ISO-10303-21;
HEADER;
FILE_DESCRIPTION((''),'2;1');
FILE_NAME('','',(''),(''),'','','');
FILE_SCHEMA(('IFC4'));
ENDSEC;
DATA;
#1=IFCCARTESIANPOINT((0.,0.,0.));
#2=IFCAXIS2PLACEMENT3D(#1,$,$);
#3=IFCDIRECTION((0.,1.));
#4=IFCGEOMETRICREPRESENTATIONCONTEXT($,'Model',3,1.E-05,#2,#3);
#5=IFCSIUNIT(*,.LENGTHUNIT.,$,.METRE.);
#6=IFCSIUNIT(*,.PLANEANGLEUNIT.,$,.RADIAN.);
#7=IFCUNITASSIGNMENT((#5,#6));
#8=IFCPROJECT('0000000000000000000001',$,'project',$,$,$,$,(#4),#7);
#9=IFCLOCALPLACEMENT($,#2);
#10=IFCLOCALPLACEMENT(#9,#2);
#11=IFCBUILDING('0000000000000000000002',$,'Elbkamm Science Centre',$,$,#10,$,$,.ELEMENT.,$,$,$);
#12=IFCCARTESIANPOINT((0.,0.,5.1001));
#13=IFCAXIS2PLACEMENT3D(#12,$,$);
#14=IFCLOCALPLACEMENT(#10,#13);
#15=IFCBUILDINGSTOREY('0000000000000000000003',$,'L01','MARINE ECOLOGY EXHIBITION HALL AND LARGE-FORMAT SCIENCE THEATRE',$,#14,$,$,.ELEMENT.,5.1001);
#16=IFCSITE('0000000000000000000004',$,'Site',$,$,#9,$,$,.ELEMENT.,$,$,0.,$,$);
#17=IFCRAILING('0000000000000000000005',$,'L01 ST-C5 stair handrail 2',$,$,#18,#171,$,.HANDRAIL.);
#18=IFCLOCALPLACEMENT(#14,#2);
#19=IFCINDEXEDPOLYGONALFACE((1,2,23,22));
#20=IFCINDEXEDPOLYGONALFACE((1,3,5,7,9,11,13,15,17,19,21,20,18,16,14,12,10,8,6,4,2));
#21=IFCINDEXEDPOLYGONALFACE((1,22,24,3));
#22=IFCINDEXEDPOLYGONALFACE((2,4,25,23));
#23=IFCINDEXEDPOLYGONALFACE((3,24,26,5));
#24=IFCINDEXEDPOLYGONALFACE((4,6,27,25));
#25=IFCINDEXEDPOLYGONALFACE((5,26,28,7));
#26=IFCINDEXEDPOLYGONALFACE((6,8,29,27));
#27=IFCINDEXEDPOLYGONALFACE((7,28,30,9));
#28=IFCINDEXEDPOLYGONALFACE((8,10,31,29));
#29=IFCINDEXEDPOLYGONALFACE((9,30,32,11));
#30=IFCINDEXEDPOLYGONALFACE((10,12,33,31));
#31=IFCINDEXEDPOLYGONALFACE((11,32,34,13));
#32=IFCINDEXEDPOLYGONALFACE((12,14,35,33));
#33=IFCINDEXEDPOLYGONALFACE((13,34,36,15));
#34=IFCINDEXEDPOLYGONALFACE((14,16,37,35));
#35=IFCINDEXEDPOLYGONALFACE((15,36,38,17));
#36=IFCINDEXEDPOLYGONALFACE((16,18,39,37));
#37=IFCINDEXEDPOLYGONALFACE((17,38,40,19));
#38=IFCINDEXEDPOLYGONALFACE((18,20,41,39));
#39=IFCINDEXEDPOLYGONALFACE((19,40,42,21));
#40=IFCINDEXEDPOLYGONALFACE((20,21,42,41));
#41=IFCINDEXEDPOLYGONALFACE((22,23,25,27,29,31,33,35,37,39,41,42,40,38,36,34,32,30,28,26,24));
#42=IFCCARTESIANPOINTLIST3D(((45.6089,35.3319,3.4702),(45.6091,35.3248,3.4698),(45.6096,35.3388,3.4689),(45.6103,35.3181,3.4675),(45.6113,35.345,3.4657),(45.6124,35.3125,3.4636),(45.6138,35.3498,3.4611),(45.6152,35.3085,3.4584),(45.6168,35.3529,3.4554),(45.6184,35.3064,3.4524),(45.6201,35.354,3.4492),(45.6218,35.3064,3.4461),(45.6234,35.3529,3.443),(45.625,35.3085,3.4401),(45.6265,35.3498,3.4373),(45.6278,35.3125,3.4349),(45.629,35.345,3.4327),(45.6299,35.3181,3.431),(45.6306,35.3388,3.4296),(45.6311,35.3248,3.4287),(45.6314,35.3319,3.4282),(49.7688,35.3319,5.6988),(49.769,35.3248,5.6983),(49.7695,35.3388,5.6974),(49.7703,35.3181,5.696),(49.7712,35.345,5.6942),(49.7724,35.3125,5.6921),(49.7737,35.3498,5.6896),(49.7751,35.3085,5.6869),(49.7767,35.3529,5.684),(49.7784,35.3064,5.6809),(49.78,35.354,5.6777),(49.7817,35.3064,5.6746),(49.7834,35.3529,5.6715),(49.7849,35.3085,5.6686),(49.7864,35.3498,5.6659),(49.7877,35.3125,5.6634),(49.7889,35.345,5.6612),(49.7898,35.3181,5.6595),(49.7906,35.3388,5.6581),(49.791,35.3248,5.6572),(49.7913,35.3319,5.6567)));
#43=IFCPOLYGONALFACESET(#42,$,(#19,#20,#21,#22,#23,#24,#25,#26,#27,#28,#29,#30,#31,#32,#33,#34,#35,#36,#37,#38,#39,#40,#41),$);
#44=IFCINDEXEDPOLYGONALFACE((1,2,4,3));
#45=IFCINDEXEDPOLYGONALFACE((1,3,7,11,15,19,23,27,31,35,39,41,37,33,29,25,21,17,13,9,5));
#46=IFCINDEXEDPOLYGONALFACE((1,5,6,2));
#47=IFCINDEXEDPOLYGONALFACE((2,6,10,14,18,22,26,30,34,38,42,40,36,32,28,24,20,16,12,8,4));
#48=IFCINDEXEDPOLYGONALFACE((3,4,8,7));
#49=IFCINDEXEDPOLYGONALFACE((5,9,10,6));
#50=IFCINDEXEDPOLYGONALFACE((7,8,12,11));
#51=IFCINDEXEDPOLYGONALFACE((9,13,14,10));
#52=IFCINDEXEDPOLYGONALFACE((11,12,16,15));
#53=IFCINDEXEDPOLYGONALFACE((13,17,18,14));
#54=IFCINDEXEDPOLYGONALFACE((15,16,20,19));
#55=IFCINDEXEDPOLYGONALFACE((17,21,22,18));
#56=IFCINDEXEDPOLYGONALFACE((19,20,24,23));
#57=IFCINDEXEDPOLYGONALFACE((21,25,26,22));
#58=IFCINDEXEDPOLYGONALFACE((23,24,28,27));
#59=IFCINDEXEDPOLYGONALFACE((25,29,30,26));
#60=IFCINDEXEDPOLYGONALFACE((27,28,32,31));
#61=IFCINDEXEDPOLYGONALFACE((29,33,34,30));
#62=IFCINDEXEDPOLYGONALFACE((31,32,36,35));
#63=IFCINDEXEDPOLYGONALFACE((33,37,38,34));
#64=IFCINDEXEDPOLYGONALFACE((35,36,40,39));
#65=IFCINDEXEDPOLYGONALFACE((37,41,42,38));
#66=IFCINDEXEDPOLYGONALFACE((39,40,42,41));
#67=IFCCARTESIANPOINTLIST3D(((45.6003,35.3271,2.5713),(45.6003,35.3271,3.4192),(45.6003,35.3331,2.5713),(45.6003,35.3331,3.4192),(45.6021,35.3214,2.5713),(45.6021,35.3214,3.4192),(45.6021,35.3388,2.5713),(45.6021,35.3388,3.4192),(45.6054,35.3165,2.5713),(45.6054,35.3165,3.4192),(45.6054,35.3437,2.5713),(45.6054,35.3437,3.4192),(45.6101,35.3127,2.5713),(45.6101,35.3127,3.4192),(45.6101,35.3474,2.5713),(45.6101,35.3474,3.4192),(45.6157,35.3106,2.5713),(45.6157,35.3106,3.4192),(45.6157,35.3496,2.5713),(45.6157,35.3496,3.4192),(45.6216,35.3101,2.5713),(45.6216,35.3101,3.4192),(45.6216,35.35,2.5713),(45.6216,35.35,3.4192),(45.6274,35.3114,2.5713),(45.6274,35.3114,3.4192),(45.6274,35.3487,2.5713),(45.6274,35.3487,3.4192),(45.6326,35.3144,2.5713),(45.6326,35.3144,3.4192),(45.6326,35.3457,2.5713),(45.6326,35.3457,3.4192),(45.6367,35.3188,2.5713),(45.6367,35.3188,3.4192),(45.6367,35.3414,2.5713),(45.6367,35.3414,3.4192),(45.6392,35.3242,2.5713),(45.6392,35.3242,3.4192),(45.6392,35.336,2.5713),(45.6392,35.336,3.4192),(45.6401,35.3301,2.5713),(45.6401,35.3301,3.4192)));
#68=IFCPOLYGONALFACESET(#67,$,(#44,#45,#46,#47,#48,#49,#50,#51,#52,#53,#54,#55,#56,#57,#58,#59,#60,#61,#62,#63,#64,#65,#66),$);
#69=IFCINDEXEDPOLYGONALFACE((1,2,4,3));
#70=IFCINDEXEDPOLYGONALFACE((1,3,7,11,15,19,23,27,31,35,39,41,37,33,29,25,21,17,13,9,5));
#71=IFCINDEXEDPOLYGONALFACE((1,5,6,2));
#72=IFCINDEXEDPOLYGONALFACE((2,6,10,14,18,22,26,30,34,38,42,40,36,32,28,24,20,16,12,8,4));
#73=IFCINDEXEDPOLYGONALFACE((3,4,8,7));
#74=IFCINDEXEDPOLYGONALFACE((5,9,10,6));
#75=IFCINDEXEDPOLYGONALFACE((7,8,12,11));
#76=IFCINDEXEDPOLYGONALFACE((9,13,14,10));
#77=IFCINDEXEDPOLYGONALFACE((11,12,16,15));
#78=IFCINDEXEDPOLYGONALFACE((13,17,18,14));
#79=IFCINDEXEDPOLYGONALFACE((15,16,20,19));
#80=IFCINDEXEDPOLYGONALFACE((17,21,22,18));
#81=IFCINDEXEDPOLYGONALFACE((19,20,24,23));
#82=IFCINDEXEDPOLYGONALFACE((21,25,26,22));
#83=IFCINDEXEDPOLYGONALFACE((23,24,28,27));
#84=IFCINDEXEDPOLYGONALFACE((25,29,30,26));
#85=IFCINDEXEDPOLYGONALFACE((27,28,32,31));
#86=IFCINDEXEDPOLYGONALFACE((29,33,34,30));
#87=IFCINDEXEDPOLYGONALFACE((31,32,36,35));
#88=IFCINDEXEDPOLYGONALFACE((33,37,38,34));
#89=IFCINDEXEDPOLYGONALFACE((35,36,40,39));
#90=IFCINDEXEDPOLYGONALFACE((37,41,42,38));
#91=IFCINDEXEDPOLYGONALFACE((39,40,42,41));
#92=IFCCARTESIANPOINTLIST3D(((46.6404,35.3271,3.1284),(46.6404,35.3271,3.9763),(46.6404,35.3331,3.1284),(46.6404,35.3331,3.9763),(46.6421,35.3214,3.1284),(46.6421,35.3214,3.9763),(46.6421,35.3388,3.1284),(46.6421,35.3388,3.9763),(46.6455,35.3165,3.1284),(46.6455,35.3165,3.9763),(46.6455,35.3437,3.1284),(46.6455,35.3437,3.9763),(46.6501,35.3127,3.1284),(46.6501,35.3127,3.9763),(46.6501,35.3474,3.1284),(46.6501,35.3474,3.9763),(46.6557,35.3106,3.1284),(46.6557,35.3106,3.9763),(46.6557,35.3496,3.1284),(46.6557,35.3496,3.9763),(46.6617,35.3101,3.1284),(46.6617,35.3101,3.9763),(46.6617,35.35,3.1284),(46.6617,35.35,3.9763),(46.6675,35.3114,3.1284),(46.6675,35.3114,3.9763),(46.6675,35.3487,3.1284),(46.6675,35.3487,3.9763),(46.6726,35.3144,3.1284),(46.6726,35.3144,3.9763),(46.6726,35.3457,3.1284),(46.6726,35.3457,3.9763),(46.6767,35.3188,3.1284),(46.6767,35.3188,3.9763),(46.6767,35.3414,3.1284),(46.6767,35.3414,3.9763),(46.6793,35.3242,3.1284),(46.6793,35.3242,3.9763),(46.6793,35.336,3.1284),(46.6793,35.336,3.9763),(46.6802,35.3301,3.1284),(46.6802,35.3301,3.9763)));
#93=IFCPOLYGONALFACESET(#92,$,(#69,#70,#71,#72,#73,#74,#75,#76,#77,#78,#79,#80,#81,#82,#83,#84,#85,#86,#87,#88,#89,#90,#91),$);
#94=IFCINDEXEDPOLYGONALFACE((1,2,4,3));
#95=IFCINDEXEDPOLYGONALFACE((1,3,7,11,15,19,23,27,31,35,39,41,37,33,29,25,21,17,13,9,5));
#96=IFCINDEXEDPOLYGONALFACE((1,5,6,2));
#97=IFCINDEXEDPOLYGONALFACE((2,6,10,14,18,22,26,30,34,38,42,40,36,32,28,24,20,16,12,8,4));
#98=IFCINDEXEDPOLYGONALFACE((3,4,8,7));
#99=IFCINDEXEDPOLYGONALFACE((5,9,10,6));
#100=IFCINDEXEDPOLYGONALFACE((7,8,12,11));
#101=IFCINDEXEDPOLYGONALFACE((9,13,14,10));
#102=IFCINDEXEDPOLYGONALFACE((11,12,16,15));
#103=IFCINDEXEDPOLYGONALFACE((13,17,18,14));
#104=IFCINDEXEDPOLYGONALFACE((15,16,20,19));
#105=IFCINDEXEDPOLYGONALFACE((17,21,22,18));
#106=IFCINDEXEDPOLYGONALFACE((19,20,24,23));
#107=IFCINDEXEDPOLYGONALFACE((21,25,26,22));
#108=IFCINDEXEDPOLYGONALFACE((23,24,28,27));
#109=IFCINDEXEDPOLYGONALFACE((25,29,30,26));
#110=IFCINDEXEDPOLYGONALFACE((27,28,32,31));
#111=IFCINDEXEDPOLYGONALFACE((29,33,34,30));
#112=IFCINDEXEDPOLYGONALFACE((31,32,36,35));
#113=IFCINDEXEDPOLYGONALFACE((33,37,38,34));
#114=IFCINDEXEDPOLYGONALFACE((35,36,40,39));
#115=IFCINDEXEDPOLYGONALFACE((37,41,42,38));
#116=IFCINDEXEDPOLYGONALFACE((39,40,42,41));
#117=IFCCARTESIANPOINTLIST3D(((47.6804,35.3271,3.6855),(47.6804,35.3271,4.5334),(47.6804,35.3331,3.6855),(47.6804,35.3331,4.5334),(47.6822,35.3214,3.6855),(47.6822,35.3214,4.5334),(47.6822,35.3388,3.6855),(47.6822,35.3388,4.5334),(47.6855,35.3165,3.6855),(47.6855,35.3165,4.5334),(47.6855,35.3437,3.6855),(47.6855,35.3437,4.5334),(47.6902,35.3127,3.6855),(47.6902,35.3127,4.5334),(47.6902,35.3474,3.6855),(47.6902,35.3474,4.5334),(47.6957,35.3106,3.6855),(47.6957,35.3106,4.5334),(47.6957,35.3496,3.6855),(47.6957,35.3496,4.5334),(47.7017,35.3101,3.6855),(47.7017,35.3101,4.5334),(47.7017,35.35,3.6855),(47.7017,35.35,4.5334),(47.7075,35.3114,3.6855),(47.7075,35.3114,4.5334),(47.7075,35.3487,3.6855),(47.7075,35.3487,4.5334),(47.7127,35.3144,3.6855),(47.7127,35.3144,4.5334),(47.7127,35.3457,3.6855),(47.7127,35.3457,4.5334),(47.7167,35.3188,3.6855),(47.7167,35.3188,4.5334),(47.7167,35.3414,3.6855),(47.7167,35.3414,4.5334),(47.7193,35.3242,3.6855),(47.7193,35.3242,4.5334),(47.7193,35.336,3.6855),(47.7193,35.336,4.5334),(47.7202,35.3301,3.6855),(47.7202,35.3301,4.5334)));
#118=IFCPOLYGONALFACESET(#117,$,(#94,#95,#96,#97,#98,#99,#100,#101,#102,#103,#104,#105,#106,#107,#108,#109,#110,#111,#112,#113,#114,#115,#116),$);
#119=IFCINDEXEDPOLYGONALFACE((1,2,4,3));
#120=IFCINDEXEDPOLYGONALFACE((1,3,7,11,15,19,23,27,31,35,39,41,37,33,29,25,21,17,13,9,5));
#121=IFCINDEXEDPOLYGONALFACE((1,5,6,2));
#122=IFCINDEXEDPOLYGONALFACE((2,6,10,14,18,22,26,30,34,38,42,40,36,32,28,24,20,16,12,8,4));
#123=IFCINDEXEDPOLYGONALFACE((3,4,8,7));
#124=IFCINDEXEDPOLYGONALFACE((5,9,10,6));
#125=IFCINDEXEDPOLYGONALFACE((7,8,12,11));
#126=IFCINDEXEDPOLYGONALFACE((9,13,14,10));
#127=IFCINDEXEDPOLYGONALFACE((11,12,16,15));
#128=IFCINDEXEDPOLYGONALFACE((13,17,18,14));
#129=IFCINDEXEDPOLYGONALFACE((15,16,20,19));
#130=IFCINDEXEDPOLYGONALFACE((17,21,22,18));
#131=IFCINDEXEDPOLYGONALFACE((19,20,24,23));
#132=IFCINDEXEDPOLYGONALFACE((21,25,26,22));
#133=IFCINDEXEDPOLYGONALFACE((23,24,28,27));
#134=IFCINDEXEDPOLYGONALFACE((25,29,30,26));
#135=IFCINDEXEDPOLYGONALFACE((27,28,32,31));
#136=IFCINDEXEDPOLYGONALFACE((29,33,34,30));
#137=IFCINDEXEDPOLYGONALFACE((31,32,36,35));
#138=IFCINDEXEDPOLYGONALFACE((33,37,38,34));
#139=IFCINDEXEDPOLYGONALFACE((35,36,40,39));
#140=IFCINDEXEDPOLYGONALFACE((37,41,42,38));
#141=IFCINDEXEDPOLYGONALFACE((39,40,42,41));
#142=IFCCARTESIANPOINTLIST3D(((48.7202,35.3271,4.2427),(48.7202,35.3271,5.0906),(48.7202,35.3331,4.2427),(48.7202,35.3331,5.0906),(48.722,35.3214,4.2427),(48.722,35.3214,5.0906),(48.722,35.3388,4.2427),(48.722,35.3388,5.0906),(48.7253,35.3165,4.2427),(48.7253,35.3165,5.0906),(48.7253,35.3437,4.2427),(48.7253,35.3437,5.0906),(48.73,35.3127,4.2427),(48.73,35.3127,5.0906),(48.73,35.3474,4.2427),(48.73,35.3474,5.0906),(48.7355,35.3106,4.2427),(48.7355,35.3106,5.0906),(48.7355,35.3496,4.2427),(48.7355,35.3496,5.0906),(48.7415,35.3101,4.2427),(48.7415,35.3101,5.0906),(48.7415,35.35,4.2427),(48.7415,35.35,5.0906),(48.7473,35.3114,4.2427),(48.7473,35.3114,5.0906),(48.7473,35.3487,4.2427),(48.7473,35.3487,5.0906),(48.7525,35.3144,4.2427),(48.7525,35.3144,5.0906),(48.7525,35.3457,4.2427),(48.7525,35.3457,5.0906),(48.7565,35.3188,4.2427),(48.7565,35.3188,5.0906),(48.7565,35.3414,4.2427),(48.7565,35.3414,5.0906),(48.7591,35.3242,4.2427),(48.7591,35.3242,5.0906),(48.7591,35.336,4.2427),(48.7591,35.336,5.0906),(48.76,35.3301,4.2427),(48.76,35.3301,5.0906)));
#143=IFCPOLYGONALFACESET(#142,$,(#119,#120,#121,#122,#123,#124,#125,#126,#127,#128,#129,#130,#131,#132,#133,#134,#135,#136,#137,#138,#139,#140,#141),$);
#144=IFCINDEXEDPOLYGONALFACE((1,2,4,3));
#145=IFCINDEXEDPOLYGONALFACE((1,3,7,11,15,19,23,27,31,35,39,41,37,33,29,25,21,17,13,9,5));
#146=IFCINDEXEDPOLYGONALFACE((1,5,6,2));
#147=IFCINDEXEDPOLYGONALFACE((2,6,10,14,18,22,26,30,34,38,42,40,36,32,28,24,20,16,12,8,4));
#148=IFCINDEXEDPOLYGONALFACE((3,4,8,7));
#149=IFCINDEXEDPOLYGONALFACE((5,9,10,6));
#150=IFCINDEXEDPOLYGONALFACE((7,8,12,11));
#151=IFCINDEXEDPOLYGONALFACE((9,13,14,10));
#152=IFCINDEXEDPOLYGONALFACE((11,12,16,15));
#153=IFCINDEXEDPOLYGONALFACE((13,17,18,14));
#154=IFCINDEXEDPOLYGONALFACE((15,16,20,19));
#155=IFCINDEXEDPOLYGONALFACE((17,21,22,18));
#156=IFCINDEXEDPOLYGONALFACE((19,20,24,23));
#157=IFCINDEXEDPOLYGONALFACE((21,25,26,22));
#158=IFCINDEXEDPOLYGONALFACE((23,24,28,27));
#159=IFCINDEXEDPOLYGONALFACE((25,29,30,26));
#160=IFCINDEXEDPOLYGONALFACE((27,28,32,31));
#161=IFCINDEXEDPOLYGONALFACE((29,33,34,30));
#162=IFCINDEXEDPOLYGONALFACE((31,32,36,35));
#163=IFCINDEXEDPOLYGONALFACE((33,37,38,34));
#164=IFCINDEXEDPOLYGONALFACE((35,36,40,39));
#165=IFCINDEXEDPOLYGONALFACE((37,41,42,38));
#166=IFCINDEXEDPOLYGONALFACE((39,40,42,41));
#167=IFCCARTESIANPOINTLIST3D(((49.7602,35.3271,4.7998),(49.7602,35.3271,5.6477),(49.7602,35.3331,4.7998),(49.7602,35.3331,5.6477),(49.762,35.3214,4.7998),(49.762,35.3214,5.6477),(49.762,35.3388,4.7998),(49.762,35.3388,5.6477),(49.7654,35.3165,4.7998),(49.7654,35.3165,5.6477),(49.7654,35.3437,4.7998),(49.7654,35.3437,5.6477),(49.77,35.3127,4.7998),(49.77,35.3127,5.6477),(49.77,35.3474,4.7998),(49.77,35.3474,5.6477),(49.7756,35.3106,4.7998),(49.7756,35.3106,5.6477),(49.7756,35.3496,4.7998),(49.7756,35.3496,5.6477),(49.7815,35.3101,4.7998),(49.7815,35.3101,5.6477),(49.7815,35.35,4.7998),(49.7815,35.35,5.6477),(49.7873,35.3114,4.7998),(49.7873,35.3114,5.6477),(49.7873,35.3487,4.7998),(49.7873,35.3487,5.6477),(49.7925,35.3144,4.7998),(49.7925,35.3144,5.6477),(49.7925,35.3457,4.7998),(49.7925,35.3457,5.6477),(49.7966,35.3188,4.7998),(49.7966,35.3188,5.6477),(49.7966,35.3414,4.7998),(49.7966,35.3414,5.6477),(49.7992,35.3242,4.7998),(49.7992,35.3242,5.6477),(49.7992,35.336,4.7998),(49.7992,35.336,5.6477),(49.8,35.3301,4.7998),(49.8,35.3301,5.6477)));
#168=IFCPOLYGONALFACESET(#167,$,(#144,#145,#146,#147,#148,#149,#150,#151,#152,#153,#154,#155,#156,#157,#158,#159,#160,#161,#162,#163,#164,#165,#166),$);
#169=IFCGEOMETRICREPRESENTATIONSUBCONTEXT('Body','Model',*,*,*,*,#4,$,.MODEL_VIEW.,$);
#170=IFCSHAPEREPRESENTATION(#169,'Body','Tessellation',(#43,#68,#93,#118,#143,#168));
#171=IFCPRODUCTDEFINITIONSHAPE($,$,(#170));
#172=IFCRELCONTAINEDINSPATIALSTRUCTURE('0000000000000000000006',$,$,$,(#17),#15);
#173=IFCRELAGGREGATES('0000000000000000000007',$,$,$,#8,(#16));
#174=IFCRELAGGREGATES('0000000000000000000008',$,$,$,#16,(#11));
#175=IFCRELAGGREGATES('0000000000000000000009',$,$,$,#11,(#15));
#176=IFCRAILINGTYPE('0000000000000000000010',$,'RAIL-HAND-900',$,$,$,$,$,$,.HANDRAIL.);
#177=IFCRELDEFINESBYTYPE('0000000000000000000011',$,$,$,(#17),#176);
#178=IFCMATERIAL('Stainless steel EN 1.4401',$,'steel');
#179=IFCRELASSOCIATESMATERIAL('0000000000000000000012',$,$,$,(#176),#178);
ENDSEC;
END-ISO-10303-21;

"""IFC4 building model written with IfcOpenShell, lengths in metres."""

from ifc_helpers import new_model, si_unit, direction, frame, origin, origin_2d, place, context, subcontext, project, spatial, circle, extrude, material, type_object, element, save


model = new_model("IFC4")

# Units and contexts
model_context = context("Model", 3, precision=1e-05, world=origin(), true_north=direction((0.0, 1.0)))
body_context = subcontext(model_context, "Body", "Model", "MODEL_VIEW")
ifc_project = project(units=[si_unit("LENGTHUNIT", "METRE"), si_unit("PLANEANGLEUNIT", "RADIAN")], contexts=[model_context])

# Site, building, storey
site_placement = place(None, origin())
site = spatial("IfcSite", under=ifc_project, at=site_placement, Name="Site", CompositionType="ELEMENT", RefElevation=0.0)
building_placement = place(site_placement, origin())
building = spatial("IfcBuilding", under=site, at=building_placement, Name="Elbkamm Science Centre", CompositionType="ELEMENT")
storey_placement = place(building_placement, frame((0.0, 0.0, 5.1001)))
storey = spatial("IfcBuildingStorey", under=building, at=storey_placement, Name="L01", Description="MARINE ECOLOGY EXHIBITION HALL AND LARGE-FORMAT SCIENCE THEATRE", CompositionType="ELEMENT", Elevation=5.1001)

# Railing
ifc_material_1 = material(Name="Stainless steel EN 1.4401", Category="steel")
railing_type_1 = type_object("IfcRailingType", Name="RAIL-HAND-900", PredefinedType="HANDRAIL", material=ifc_material_1)
railing_1_placement = place(storey_placement, frame((45.6201, 35.3301, 2.5713)))
element("IfcRailing", 1, at=railing_1_placement, inside=storey, type_object=railing_type_1, Name="L01 ST-C5 stair handrail 2", PredefinedType="HANDRAIL", context=body_context, shape_type="SweptSolid", body=[
    extrude(circle(Radius=0.0239, at=origin_2d()), frame((0.0, 0.0, 0.8779), z_axis=(0.881481, 0.0, 0.47222), x_axis=(0.0, 1.0, 0.0)), (0.0, 0.0, 1.0), 4.7192),
    extrude(circle(Radius=0.02, at=origin_2d()), origin(), (0.0, 0.0, 1.0), 0.8479),
    extrude(circle(Radius=0.02, at=origin_2d()), frame((1.04, 0.0, 0.5571)), (0.0, 0.0, 1.0), 0.8479),
    extrude(circle(Radius=0.02, at=origin_2d()), frame((2.0801, 0.0, 1.1143)), (0.0, 0.0, 1.0), 0.8479),
    extrude(circle(Radius=0.02, at=origin_2d()), frame((3.1199, 0.0, 1.6714)), (0.0, 0.0, 1.0), 0.8479),
    extrude(circle(Radius=0.02, at=origin_2d()), frame((4.1599, 0.0, 2.2285)), (0.0, 0.0, 1.0), 0.8479),
])

save(model, "model.ifc")
